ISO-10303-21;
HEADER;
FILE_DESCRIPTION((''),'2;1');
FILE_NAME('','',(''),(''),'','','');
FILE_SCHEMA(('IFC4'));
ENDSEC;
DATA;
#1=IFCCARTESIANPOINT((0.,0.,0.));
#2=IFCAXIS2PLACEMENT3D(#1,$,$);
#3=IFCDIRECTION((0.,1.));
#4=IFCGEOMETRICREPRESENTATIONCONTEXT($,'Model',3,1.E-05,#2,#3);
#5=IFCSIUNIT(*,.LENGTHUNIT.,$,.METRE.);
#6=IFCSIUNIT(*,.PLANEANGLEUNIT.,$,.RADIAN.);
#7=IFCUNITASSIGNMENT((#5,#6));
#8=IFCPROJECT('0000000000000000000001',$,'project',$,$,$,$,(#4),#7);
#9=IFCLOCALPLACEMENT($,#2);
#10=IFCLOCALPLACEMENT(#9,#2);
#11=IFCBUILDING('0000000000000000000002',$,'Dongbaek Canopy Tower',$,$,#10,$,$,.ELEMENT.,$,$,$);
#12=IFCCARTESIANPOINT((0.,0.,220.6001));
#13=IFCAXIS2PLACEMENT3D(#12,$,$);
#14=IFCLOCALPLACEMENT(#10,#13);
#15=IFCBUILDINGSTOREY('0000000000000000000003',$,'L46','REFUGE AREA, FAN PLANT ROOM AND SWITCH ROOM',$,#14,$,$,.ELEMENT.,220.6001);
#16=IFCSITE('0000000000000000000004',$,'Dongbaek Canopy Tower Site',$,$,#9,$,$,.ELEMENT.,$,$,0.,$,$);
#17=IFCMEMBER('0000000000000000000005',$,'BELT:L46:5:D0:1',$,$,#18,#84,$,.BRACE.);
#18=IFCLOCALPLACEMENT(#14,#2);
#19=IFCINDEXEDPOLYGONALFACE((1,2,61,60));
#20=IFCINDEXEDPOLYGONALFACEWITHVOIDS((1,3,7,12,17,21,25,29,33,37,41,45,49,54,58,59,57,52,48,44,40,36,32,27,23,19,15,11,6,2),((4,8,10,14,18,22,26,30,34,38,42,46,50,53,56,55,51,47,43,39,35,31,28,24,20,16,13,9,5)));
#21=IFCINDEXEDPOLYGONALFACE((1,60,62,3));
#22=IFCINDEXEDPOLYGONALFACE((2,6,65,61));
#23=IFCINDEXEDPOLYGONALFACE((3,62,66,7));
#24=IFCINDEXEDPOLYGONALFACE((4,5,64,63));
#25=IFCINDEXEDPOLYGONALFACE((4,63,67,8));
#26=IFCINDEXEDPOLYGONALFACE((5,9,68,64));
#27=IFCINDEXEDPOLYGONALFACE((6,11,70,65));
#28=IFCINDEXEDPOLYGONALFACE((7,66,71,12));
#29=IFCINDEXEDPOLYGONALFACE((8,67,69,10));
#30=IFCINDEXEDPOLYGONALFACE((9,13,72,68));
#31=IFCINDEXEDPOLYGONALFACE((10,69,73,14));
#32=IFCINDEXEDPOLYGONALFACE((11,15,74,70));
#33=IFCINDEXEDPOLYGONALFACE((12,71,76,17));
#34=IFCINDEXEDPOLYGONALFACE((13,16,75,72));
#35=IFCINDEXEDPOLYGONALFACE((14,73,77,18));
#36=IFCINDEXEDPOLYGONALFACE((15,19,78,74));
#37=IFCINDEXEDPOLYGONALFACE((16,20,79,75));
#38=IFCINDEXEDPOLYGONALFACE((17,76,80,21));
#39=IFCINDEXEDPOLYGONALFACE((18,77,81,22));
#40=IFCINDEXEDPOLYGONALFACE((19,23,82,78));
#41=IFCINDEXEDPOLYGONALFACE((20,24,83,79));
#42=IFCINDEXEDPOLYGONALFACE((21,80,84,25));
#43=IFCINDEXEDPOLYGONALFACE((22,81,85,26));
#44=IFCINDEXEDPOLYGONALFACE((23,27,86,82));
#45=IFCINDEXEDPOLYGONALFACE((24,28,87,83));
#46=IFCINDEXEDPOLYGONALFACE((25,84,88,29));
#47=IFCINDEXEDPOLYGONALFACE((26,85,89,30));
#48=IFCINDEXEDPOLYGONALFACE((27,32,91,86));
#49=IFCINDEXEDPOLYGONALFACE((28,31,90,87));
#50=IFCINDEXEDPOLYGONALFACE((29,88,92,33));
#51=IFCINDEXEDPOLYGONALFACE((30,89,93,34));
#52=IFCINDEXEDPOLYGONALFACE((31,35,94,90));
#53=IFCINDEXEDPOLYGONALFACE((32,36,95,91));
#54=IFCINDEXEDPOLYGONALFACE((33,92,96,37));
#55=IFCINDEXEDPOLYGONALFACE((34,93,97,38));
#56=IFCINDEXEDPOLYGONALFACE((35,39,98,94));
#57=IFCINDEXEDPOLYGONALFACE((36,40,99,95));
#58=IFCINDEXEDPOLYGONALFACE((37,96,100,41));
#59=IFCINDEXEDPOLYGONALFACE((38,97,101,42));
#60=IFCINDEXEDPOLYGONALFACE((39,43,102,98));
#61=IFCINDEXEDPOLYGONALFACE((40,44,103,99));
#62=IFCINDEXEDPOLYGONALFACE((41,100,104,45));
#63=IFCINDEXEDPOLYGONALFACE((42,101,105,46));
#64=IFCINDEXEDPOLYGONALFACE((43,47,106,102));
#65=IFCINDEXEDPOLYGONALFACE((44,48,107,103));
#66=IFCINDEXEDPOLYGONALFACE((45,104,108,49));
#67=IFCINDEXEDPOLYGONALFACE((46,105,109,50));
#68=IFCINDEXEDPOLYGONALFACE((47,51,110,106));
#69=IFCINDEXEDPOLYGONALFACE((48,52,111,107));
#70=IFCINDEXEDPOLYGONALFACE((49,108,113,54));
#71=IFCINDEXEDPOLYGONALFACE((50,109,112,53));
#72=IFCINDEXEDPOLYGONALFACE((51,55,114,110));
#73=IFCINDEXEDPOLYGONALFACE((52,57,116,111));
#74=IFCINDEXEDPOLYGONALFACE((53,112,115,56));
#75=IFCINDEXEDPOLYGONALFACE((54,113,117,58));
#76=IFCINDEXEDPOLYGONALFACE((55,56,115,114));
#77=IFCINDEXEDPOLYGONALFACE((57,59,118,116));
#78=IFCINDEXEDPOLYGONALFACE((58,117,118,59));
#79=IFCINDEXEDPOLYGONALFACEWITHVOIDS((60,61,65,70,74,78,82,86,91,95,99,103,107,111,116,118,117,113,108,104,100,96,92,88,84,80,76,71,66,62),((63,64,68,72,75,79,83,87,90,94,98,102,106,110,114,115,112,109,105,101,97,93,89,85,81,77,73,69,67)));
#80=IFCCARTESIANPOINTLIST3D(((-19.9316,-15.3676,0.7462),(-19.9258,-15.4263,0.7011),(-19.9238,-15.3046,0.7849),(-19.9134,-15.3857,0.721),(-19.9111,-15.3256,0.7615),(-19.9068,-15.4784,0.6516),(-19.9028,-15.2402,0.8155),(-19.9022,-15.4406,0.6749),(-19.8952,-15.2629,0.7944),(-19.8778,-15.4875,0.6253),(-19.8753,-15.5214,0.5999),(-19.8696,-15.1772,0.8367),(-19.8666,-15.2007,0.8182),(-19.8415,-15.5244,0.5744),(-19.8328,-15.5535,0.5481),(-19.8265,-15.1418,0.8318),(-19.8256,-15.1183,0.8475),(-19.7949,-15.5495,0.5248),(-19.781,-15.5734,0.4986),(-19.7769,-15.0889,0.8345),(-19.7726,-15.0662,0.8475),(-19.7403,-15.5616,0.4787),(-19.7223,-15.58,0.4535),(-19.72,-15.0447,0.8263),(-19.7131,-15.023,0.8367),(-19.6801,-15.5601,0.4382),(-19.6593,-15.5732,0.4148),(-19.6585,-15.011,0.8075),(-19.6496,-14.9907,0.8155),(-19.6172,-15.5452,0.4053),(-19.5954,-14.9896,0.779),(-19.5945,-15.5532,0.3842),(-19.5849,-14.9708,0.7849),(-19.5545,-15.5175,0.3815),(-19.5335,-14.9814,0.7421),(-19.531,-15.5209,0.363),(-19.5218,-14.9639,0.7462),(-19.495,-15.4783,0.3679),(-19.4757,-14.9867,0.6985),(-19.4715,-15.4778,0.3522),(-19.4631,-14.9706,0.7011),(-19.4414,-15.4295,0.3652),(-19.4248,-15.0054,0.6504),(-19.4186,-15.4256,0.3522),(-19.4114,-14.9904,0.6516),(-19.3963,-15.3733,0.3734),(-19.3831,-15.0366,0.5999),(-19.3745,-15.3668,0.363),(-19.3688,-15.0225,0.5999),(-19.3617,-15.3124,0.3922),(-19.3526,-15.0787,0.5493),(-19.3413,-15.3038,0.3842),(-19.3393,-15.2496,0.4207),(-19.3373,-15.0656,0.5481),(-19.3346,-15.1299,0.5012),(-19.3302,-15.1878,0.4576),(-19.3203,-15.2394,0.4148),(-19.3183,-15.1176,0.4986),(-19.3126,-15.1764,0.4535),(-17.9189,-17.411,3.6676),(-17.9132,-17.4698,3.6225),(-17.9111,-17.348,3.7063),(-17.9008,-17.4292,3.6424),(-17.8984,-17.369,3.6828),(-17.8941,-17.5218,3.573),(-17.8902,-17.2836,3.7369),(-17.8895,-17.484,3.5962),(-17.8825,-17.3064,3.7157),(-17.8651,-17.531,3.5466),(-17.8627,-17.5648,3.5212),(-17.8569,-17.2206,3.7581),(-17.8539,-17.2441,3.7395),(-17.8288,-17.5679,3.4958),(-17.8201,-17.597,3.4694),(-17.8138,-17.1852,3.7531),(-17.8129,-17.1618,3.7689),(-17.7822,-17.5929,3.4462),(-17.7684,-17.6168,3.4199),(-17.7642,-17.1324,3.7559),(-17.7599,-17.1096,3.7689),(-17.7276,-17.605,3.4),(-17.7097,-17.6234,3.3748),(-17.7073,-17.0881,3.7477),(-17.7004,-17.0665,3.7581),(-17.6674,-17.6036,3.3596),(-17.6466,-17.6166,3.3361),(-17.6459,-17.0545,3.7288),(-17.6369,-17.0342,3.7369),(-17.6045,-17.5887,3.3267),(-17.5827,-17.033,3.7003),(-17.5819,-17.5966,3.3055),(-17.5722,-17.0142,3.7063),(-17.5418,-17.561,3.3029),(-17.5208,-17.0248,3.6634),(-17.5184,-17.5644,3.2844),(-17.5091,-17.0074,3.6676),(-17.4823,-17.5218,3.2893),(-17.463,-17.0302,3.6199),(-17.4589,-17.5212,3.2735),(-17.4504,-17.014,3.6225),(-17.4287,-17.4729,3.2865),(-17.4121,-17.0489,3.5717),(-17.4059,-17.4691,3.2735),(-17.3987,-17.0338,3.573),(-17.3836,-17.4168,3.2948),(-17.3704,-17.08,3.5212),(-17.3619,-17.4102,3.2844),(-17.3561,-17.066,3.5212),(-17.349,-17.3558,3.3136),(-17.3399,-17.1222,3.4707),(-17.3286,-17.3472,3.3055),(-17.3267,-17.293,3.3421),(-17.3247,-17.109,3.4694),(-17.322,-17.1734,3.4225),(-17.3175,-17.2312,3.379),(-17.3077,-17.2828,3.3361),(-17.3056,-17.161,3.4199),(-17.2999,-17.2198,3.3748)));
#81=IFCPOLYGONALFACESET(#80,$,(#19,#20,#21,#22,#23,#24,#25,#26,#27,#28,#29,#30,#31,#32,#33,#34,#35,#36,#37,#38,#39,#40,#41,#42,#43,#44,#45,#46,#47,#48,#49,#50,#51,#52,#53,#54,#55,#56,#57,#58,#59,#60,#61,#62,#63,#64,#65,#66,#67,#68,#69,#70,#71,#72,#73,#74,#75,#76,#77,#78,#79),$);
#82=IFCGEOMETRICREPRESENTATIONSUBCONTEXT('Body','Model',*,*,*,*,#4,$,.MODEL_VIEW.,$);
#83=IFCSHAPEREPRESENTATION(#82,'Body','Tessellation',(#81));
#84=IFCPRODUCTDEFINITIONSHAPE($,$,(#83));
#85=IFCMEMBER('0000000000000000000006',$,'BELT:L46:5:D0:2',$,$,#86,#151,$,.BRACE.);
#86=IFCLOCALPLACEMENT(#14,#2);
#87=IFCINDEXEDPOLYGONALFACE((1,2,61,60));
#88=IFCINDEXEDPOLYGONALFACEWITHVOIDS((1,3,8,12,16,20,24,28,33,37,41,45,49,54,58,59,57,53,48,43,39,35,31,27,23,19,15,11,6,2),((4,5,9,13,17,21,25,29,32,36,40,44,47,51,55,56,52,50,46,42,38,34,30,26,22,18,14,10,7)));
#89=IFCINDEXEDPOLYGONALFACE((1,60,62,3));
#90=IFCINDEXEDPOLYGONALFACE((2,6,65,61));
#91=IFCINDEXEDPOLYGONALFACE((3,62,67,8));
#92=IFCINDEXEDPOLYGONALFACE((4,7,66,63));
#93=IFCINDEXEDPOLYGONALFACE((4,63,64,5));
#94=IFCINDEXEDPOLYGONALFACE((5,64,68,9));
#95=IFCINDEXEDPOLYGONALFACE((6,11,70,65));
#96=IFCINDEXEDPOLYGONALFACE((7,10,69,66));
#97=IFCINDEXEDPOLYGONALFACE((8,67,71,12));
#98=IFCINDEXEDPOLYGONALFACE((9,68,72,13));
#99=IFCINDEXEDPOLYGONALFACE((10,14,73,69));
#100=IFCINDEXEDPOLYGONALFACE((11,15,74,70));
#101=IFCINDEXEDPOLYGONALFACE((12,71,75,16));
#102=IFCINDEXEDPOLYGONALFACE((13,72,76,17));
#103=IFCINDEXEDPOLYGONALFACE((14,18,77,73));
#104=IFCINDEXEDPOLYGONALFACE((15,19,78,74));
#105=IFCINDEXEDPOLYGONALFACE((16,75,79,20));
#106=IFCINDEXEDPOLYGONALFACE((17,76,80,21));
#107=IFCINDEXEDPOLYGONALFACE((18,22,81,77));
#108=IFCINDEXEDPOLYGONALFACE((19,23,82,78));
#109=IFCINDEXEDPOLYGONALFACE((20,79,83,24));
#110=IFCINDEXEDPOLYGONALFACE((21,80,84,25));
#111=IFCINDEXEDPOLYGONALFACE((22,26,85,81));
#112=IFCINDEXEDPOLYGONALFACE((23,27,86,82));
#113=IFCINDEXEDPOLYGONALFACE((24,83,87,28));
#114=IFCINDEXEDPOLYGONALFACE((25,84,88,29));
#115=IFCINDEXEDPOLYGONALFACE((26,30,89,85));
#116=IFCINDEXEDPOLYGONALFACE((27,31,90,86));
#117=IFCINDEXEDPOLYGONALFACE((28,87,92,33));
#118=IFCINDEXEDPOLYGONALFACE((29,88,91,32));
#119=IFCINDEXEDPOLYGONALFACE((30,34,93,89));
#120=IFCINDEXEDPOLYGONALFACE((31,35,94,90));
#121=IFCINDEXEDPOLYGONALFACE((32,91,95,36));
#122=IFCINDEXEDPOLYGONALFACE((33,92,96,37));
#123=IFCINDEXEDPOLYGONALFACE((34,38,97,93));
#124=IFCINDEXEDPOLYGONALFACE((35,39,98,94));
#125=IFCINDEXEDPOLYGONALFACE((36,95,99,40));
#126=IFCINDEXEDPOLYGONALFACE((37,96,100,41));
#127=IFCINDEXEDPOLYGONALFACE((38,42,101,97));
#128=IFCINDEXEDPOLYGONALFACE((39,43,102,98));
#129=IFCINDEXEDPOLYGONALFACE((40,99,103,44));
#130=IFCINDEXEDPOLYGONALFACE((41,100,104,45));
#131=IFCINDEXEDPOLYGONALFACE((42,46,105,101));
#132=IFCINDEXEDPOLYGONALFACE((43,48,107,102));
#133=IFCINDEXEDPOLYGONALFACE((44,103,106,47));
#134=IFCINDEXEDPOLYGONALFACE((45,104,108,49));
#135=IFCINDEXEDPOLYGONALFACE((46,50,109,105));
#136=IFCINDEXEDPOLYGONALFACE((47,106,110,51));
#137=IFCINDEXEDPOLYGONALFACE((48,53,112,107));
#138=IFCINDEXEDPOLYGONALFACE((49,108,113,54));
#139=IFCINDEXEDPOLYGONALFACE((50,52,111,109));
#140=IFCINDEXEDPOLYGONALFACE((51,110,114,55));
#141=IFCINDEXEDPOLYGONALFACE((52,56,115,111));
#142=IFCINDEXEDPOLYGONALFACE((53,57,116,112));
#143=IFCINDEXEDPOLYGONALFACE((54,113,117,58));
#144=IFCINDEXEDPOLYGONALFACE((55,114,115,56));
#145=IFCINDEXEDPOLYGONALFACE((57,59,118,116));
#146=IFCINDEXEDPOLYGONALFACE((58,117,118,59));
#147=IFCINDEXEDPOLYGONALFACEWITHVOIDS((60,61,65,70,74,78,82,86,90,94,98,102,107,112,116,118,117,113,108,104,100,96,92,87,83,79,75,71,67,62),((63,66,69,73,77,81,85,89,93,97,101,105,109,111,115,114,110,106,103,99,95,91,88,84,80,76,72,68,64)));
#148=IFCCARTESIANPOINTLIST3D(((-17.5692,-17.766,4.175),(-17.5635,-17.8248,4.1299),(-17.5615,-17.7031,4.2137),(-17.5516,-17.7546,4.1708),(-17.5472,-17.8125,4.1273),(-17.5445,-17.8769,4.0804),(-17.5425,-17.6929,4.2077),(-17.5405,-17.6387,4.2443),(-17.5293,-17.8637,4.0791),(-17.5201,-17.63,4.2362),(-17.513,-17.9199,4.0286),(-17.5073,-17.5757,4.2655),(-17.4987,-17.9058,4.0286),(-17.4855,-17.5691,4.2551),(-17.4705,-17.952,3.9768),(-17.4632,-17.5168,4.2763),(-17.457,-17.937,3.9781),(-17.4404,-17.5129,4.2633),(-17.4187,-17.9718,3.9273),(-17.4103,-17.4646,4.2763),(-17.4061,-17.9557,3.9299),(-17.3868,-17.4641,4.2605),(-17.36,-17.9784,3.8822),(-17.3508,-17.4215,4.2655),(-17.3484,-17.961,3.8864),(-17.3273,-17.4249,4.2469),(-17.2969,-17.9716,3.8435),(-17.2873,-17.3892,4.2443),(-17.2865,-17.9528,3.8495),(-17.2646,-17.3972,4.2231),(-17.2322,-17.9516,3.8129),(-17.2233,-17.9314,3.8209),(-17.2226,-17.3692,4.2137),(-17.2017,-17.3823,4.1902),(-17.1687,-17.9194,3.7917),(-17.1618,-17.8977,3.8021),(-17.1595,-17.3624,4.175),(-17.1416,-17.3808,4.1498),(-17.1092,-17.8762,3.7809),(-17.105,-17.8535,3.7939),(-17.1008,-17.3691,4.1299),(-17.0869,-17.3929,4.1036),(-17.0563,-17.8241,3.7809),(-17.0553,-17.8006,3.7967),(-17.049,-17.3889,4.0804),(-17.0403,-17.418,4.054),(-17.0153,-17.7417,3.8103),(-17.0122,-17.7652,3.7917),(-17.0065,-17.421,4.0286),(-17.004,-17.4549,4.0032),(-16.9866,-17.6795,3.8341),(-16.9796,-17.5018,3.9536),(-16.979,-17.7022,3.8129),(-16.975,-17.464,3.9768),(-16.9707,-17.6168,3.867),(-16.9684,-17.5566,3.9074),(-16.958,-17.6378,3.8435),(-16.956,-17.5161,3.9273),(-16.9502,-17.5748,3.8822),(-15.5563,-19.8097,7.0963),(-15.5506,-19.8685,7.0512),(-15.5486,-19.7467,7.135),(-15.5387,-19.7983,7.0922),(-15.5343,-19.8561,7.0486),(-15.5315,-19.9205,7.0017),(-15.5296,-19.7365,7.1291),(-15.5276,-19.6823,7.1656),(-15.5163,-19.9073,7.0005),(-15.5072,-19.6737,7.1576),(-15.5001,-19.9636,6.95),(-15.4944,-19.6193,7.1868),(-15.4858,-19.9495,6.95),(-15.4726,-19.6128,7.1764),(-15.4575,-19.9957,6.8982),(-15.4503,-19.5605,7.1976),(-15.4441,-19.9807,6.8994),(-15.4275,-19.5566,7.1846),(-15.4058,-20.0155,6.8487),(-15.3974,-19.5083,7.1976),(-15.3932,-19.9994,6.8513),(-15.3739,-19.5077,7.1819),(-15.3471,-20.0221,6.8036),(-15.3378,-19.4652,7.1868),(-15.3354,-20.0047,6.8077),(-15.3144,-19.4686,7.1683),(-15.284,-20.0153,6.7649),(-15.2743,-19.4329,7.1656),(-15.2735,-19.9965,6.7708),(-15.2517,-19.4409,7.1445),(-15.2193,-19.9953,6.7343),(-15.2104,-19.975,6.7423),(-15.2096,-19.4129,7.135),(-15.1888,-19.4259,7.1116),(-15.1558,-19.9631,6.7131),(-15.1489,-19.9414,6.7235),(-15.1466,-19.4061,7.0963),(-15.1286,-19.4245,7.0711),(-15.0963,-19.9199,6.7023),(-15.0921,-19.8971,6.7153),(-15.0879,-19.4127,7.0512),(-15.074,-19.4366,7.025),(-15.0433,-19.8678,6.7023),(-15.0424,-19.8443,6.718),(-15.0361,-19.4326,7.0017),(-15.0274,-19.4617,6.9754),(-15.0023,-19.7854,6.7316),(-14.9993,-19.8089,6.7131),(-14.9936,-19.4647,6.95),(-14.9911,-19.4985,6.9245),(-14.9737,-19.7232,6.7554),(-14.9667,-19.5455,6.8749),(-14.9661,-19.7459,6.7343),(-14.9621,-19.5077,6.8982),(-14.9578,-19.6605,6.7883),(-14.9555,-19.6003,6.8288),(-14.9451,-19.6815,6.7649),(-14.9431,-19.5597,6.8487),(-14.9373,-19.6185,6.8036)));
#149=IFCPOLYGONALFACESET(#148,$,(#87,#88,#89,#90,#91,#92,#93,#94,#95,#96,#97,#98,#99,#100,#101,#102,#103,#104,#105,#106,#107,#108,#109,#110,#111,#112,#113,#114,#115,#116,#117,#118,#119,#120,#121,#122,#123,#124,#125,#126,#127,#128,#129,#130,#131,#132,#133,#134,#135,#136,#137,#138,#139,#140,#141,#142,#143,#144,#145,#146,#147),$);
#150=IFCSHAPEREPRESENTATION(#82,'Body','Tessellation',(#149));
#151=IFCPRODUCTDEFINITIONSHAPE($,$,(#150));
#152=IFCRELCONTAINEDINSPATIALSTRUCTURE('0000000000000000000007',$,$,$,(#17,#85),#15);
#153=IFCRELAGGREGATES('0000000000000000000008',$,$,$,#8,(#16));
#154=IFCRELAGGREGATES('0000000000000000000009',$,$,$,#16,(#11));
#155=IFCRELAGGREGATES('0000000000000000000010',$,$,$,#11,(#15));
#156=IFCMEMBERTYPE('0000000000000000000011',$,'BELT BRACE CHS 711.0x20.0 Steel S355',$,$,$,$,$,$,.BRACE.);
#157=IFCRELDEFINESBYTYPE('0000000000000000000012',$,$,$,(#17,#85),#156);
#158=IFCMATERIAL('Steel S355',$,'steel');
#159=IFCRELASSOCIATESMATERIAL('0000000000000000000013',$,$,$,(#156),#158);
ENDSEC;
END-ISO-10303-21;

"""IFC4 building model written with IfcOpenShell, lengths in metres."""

from ifc_helpers import new_model, si_unit, direction, frame, origin, origin_2d, place, context, subcontext, project, spatial, hollow_circle, extrude, material, material_profile, profile_set, type_object, element, save


model = new_model("IFC4")

# Units and contexts
model_context = context("Model", 3, precision=1e-05, world=origin(), true_north=direction((0.0, 1.0)))
body_context = subcontext(model_context, "Body", "Model", "MODEL_VIEW")
ifc_project = project(units=[si_unit("LENGTHUNIT", "METRE"), si_unit("PLANEANGLEUNIT", "RADIAN")], contexts=[model_context])

# Site, building, storey
site_placement = place(None, origin())
site = spatial("IfcSite", under=ifc_project, at=site_placement, Name="Dongbaek Canopy Tower Site", CompositionType="ELEMENT", RefElevation=0.0)
building_placement = place(site_placement, origin())
building = spatial("IfcBuilding", under=site, at=building_placement, Name="Dongbaek Canopy Tower", CompositionType="ELEMENT")
storey_placement = place(building_placement, frame((0.0, 0.0, 220.6001)))
storey = spatial("IfcBuildingStorey", under=building, at=storey_placement, Name="L46", Description="REFUGE AREA, FAN PLANT ROOM AND SWITCH ROOM", CompositionType="ELEMENT", Elevation=220.6001)

# Members
ifc_material_1 = material(Name="Steel S355", Category="steel")
ifc_material_profile_1 = material_profile(ifc_material_1, hollow_circle(Radius=0.3555, WallThickness=0.02, at=origin_2d()), Name="BELT BRACE CHS 711.0x20.0 Steel S355")
ifc_profile_set_1 = profile_set([ifc_material_profile_1], Name="Steel S355")
member_type_1 = type_object("IfcMemberType", Name="BELT BRACE CHS 711.0x20.0 Steel S355", PredefinedType="BRACE", material=ifc_profile_set_1)
member_1_placement = place(storey_placement, frame((-19.6221, -15.272, 0.5999), z_axis=(0.491616, -0.49913, 0.713571), x_axis=(0.712449, 0.701724, 0.0)))
element("IfcMember", 1, at=member_1_placement, inside=storey, type_object=member_type_1, Name="BELT:L46:5:D0:1", PredefinedType="BRACE", context=body_context, shape_type="SweptSolid", body=[
    extrude(hollow_circle(Radius=0.3555, WallThickness=0.02, at=origin_2d()), origin(), (0.0, 0.0, 1.0), 4.094),
])
member_2_placement = place(storey_placement, frame((-15.2468, -19.7141, 6.95), z_axis=(-0.491647, 0.49916, -0.713529), x_axis=(-0.712448, -0.701725, 0.0)))
element("IfcMember", 2, at=member_2_placement, inside=storey, type_object=member_type_1, Name="BELT:L46:5:D0:2", PredefinedType="BRACE", context=body_context, shape_type="SweptSolid", body=[
    extrude(hollow_circle(Radius=0.3555, WallThickness=0.02, at=origin_2d()), origin(), (0.0, 0.0, 1.0), 4.0942),
])

save(model, "model.ifc")
